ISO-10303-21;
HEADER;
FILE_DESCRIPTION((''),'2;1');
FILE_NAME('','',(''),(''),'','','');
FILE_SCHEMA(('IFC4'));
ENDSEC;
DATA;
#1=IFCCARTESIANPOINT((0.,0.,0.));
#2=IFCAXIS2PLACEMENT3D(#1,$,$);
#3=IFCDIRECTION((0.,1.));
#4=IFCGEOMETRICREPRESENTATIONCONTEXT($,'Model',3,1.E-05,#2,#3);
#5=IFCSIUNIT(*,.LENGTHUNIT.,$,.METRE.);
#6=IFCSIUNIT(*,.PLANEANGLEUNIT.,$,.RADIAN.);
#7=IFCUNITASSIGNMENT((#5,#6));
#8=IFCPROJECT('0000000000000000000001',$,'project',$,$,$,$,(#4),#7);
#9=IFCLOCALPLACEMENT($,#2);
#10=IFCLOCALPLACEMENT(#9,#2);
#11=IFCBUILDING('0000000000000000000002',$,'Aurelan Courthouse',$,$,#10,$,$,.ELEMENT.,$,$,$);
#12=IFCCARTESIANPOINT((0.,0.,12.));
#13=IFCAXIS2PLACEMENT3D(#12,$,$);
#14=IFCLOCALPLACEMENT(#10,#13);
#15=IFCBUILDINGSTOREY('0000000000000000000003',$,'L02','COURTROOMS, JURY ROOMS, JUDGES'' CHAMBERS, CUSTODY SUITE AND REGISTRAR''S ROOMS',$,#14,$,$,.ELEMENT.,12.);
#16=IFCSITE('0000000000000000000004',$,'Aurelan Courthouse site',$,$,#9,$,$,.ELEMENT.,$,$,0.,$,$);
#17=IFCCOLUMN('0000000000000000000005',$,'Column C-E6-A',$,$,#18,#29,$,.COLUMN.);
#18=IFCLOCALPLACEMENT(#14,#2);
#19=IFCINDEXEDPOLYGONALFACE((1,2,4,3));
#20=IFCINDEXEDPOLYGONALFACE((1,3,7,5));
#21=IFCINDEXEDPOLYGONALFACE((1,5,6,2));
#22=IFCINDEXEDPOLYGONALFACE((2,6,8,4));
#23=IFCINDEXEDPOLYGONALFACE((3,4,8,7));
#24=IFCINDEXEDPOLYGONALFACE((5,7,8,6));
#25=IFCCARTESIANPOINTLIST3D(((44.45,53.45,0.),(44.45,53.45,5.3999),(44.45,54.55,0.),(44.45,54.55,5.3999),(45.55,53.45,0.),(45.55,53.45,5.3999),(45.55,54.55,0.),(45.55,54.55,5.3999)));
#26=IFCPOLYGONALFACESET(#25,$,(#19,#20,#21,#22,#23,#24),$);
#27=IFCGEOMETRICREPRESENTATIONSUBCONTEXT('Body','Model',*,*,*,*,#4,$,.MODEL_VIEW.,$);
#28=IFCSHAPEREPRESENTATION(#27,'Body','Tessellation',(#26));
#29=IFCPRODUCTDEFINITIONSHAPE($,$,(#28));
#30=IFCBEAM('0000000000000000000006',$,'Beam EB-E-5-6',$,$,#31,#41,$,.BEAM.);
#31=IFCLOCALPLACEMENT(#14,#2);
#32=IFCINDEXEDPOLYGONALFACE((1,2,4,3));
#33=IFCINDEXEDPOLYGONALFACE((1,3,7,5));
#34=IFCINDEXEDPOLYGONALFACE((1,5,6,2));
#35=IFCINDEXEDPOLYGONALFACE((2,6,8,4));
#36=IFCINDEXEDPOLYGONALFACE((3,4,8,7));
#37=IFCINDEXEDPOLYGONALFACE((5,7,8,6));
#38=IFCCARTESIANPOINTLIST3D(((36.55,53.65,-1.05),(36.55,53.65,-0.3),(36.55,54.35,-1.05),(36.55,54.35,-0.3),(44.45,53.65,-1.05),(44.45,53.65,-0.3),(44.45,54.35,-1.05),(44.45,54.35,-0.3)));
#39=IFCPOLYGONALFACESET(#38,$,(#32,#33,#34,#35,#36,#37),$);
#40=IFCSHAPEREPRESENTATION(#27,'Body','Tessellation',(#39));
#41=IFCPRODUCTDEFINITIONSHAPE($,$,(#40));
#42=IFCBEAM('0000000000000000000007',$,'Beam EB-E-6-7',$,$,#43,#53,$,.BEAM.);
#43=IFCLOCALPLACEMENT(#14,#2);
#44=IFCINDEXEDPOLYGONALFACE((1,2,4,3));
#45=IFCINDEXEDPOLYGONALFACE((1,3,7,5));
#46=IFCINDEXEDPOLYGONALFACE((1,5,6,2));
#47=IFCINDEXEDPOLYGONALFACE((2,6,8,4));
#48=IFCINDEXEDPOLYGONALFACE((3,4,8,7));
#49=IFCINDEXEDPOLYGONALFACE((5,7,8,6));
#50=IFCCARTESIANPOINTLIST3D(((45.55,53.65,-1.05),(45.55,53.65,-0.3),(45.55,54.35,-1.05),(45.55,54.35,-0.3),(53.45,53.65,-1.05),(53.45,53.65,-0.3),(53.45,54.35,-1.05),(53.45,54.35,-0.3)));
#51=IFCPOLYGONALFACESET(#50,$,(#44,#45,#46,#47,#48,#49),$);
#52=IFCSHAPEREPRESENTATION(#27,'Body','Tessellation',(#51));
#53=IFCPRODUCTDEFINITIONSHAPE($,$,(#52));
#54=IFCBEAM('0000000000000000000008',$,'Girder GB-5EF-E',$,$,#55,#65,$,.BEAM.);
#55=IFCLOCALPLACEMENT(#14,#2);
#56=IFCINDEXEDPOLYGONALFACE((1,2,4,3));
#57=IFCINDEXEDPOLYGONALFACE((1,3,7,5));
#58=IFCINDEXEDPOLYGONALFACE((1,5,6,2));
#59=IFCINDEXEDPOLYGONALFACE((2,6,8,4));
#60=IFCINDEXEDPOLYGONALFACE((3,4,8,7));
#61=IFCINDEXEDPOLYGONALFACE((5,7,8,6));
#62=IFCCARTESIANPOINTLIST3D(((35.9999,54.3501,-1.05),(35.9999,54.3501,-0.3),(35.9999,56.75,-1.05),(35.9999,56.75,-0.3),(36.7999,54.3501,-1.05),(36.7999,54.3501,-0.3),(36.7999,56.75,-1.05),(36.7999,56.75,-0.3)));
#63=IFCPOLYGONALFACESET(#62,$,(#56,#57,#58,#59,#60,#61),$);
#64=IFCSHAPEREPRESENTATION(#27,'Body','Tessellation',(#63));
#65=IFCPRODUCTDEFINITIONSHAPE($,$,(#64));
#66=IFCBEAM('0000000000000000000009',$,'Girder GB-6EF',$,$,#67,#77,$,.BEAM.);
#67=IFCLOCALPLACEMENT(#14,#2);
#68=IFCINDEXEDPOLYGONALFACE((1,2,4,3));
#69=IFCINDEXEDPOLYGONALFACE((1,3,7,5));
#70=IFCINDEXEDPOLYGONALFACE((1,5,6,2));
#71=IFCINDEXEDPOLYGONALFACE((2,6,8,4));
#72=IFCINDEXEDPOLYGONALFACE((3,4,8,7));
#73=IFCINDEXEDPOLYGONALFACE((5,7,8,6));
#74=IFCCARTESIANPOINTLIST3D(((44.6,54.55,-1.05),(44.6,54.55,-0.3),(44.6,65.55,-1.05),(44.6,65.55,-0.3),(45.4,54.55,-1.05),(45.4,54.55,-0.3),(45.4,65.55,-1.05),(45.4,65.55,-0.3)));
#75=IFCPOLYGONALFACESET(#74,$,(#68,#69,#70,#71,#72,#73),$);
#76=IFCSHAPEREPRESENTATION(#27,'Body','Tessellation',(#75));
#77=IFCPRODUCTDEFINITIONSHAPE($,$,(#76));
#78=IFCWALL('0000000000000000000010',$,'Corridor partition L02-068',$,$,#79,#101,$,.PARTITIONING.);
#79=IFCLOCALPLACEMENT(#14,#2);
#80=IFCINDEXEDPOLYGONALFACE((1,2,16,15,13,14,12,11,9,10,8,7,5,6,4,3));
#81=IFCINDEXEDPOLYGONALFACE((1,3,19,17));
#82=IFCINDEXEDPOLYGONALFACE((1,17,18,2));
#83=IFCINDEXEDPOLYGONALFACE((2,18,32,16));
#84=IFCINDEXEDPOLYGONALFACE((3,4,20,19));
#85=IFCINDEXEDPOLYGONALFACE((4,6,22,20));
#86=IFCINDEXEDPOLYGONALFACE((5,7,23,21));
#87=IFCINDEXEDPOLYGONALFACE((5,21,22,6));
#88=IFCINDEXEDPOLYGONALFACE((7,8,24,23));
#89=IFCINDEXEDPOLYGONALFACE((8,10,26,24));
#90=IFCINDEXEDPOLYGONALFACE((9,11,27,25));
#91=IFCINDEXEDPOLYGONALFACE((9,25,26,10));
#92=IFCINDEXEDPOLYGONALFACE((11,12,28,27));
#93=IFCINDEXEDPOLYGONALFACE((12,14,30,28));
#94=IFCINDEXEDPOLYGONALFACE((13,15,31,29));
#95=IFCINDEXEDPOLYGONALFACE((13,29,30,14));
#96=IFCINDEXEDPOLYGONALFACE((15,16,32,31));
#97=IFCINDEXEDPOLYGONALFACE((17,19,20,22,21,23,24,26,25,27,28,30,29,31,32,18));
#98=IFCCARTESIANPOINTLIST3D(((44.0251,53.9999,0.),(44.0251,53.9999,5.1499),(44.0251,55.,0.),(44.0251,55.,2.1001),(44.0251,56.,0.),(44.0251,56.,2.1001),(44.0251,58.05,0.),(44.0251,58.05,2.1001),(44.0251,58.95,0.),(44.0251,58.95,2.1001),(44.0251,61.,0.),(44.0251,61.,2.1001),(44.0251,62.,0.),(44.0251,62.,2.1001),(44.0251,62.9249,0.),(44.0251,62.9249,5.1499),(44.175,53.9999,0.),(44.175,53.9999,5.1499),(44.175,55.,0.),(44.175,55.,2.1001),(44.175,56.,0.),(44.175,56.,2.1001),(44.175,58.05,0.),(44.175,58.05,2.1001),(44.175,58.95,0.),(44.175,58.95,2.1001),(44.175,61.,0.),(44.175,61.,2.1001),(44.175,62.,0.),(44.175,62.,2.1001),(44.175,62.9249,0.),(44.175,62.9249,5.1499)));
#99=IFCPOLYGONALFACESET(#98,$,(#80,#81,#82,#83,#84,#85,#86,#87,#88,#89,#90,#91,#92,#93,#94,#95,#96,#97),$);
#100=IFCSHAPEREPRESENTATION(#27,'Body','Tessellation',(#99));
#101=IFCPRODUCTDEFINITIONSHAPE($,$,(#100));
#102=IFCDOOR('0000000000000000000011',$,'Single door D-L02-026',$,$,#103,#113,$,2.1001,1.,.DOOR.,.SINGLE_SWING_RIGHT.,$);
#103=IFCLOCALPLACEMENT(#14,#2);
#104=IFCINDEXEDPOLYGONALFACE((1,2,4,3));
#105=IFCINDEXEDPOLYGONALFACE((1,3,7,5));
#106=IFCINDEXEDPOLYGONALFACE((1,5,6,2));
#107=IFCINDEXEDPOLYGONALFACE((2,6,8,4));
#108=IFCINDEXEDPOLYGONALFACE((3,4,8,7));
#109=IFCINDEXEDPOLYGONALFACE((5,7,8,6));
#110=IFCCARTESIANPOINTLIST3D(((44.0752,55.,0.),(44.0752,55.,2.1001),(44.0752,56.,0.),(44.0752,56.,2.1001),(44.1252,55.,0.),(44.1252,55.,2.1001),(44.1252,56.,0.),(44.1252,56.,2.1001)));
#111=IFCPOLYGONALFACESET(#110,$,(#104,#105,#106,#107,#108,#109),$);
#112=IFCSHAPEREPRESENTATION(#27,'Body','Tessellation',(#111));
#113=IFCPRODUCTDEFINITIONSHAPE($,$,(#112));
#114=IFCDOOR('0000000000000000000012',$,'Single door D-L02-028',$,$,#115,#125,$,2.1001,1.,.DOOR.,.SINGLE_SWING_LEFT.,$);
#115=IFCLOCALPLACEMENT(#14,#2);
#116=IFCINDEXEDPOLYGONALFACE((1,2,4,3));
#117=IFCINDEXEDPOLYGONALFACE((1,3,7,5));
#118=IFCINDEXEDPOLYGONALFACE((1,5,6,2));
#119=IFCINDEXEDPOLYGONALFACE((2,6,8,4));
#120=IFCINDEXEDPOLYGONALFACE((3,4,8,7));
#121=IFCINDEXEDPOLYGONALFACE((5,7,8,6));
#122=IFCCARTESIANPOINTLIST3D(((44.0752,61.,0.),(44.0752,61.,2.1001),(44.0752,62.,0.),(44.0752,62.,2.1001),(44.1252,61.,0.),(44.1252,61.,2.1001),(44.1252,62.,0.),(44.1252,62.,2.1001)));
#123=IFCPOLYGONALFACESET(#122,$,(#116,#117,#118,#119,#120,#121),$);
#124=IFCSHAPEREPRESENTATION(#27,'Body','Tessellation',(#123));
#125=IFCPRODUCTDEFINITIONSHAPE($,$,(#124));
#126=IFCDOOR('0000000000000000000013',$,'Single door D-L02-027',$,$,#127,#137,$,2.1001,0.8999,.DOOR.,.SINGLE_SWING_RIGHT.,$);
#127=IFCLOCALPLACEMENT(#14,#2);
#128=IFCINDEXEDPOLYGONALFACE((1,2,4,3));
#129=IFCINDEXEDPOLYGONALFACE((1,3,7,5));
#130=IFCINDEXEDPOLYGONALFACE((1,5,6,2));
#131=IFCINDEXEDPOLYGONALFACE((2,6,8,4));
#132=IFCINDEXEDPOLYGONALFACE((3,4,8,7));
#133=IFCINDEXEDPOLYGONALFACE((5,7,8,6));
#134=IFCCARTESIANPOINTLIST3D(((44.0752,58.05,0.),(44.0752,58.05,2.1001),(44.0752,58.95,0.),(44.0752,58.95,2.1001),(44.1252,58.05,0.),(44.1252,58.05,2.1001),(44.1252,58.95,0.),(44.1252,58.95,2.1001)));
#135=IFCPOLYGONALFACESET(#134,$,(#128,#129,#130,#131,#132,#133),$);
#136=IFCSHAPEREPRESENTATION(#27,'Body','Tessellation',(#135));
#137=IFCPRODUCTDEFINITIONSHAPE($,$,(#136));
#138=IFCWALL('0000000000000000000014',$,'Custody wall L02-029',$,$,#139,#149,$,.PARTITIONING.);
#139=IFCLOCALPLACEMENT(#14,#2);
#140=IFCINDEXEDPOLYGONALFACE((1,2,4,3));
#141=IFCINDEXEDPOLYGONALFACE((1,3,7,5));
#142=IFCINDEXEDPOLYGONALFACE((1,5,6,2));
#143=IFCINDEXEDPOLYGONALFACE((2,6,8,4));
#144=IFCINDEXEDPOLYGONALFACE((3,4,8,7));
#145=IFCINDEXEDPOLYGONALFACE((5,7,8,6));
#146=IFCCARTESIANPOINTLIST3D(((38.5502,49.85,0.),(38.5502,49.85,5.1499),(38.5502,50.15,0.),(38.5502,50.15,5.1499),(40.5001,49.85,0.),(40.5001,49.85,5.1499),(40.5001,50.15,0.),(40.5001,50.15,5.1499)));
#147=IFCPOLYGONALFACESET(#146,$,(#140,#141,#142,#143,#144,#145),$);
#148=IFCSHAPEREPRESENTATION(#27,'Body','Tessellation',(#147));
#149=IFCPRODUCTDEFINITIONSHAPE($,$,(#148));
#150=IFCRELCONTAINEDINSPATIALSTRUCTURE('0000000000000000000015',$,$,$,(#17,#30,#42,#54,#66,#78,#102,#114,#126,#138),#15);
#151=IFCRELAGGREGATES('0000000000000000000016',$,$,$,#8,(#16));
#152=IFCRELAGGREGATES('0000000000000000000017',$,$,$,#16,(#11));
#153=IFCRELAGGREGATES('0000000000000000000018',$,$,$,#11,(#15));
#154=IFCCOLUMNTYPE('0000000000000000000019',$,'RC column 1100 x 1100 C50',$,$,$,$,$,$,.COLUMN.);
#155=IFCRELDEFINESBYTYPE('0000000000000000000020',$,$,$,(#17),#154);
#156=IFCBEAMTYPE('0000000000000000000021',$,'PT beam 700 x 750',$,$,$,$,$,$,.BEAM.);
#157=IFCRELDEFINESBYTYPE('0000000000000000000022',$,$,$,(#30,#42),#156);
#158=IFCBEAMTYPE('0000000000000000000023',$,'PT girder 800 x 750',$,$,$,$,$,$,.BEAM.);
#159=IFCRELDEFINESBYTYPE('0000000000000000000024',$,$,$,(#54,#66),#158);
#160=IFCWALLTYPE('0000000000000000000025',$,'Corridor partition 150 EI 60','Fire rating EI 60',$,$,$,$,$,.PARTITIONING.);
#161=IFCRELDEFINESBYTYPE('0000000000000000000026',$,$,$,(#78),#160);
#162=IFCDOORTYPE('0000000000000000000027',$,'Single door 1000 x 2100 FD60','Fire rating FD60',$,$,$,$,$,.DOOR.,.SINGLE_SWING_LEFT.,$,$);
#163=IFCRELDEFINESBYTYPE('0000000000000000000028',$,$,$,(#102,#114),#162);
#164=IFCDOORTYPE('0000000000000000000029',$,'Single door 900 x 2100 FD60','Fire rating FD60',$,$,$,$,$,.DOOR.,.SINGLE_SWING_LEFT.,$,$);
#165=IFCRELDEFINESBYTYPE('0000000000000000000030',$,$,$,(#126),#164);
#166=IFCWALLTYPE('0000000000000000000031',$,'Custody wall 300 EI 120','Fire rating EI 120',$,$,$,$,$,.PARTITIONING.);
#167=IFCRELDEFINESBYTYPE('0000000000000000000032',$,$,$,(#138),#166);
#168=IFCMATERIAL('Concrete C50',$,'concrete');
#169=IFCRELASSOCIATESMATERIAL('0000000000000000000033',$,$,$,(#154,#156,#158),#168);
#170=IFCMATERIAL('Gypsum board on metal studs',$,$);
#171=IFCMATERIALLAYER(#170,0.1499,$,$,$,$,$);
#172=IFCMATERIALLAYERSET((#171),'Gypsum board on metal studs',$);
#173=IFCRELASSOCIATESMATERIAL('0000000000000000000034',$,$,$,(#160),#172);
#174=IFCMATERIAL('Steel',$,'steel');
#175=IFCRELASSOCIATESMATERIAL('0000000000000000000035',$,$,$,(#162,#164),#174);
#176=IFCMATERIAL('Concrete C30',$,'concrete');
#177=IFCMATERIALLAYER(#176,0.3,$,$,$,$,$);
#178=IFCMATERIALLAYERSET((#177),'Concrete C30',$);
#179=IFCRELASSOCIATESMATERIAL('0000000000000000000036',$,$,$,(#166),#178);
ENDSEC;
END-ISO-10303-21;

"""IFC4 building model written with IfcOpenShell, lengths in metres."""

from ifc_helpers import new_model, si_unit, direction, frame, frame_2d, origin, origin_2d, place, context, subcontext, project, spatial, rectangle, extrude, material, layer, layer_set, material_profile, profile_set, type_object, element, fill, save


model = new_model("IFC4")

# Units and contexts
model_context = context("Model", 3, precision=1e-05, world=origin(), true_north=direction((0.0, 1.0)))
body_context = subcontext(model_context, "Body", "Model", "MODEL_VIEW")
ifc_project = project(units=[si_unit("LENGTHUNIT", "METRE"), si_unit("PLANEANGLEUNIT", "RADIAN")], contexts=[model_context])

# Site, building, storey
site_placement = place(None, origin())
site = spatial("IfcSite", under=ifc_project, at=site_placement, Name="Aurelan Courthouse site", CompositionType="ELEMENT", RefElevation=0.0)
building_placement = place(site_placement, origin())
building = spatial("IfcBuilding", under=site, at=building_placement, Name="Aurelan Courthouse", CompositionType="ELEMENT")
storey_placement = place(building_placement, frame((0.0, 0.0, 12.0)))
storey = spatial("IfcBuildingStorey", under=building, at=storey_placement, Name="L02", Description="COURTROOMS, JURY ROOMS, JUDGES' CHAMBERS, CUSTODY SUITE AND REGISTRAR'S ROOMS", CompositionType="ELEMENT", Elevation=12.0)

# Column
ifc_material_1 = material(Name="Concrete C50", Category="concrete")
ifc_material_profile_1 = material_profile(ifc_material_1, rectangle(XDim=1.1001, YDim=1.1001, at=origin_2d()), Name="RC 1100 x 1100")
ifc_profile_set_1 = profile_set([ifc_material_profile_1], Name="Concrete C50")
column_type = type_object("IfcColumnType", Name="RC column 1100 x 1100 C50", PredefinedType="COLUMN", material=ifc_profile_set_1)
column_placement = place(storey_placement, frame((45.0, 54.0, 0.0), z_axis=(0.0, 0.0, 1.0), x_axis=(1.0, 0.0, 0.0)))
element("IfcColumn", 1, at=column_placement, inside=storey, type_object=column_type, Name="Column C-E6-A", PredefinedType="COLUMN", context=body_context, shape_type="SweptSolid", body=[
    extrude(rectangle(XDim=1.1001, YDim=1.1001, at=origin_2d()), origin(), (0.0, 0.0, 1.0), 5.3999),
])

# Beams
ifc_material_profile_2 = material_profile(ifc_material_1, rectangle(XDim=0.7, YDim=0.75, at=origin_2d()), Name="RC 700 x 750")
ifc_profile_set_2 = profile_set([ifc_material_profile_2], Name="Concrete C50")
beam_type_1 = type_object("IfcBeamType", Name="PT beam 700 x 750", PredefinedType="BEAM", material=ifc_profile_set_2)
for number, where, z_axis, x_axis, name in (
    (2, (36.55, 54.0, -0.675), (1.0, 0.0, 0.0), (0.0, 1.0, 0.0), "Beam EB-E-5-6"),
    (3, (45.55, 54.0, -0.675), (1.0, 0.0, 0.0), (0.0, 1.0, 0.0), "Beam EB-E-6-7"),
):
    element("IfcBeam", number, at=place(storey_placement, frame(where, z_axis=z_axis, x_axis=x_axis)), inside=storey, type_object=beam_type_1, Name=name, PredefinedType="BEAM", context=body_context, shape_type="SweptSolid", body=[
        extrude(rectangle(XDim=0.7, YDim=0.75, at=origin_2d()), origin(), (0.0, 0.0, 1.0), 7.8999),
    ])
ifc_material_profile_3 = material_profile(ifc_material_1, rectangle(XDim=0.8, YDim=0.75, at=origin_2d()), Name="RC 800 x 750")
ifc_profile_set_3 = profile_set([ifc_material_profile_3], Name="Concrete C50")
beam_type_2 = type_object("IfcBeamType", Name="PT girder 800 x 750", PredefinedType="BEAM", material=ifc_profile_set_3)
beam_1_placement = place(storey_placement, frame((36.3999, 54.3501, -0.675), z_axis=(0.0, 1.0, 0.0), x_axis=(-1.0, 0.0, 0.0)))
element("IfcBeam", 4, at=beam_1_placement, inside=storey, type_object=beam_type_2, Name="Girder GB-5EF-E", PredefinedType="BEAM", context=body_context, shape_type="SweptSolid", body=[
    extrude(rectangle(XDim=0.8, YDim=0.75, at=origin_2d()), origin(), (0.0, 0.0, 1.0), 2.3999),
])
beam_2_placement = place(storey_placement, frame((45.0, 54.55, -0.675), z_axis=(0.0, 1.0, 0.0), x_axis=(-1.0, 0.0, 0.0)))
element("IfcBeam", 5, at=beam_2_placement, inside=storey, type_object=beam_type_2, Name="Girder GB-6EF", PredefinedType="BEAM", context=body_context, shape_type="SweptSolid", body=[
    extrude(rectangle(XDim=0.8, YDim=0.75, at=origin_2d()), origin(), (0.0, 0.0, 1.0), 11.0),
])

# Wall, openings, doors
ifc_material_2 = material(Name="Gypsum board on metal studs")
ifc_layer_1 = layer(ifc_material_2, 0.1499)
ifc_layer_set_1 = layer_set([ifc_layer_1], Name="Gypsum board on metal studs")
wall_type_1 = type_object("IfcWallType", Name="Corridor partition 150 EI 60", Description="Fire rating EI 60", PredefinedType="PARTITIONING", material=ifc_layer_set_1)
wall_1_placement = place(storey_placement, frame((44.1001, 54.0, 0.0), z_axis=(0.0, 0.0, 1.0), x_axis=(0.0, 1.0, 0.0)))
wall_1 = element("IfcWall", 6, at=wall_1_placement, inside=storey, type_object=wall_type_1, Name="Corridor partition L02-068", PredefinedType="PARTITIONING", context=body_context, shape_type="SweptSolid", body=[
    extrude(rectangle(XDim=8.925, YDim=0.1499, at=frame_2d((4.4624, 0.0))), origin(), (0.0, 0.0, 1.0), 5.1499),
])
opening_1_placement = place(wall_1_placement, frame((1.0, 0.0, 0.0)))
opening_1 = element("IfcOpeningElement", 7, at=opening_1_placement, cuts=wall_1, PredefinedType="OPENING", context=body_context, shape_type="SweptSolid", body=[
    extrude(rectangle(XDim=1.0, YDim=2.1001, at=frame_2d((0.5, 1.05))), frame((0.0, 0.085, 0.0), z_axis=(0.0, -1.0, 0.0), x_axis=(1.0, 0.0, 0.0)), (0.0, 0.0, 1.0), 0.1699),
])
opening_2_placement = place(wall_1_placement, frame((4.05, 0.0, 0.0)))
opening_2 = element("IfcOpeningElement", 8, at=opening_2_placement, cuts=wall_1, PredefinedType="OPENING", context=body_context, shape_type="SweptSolid", body=[
    extrude(rectangle(XDim=0.8999, YDim=2.1001, at=frame_2d((0.45, 1.05))), frame((0.0, 0.085, 0.0), z_axis=(0.0, -1.0, 0.0), x_axis=(1.0, 0.0, 0.0)), (0.0, 0.0, 1.0), 0.1699),
])
opening_3_placement = place(wall_1_placement, frame((7.0, 0.0, 0.0)))
opening_3 = element("IfcOpeningElement", 9, at=opening_3_placement, cuts=wall_1, PredefinedType="OPENING", context=body_context, shape_type="SweptSolid", body=[
    extrude(rectangle(XDim=1.0, YDim=2.1001, at=frame_2d((0.5, 1.05))), frame((0.0, 0.085, 0.0), z_axis=(0.0, -1.0, 0.0), x_axis=(1.0, 0.0, 0.0)), (0.0, 0.0, 1.0), 0.1699),
])
ifc_material_3 = material(Name="Steel", Category="steel")
door_type_1 = type_object("IfcDoorType", Name="Single door 1000 x 2100 FD60", Description="Fire rating FD60", OperationType="SINGLE_SWING_LEFT", PredefinedType="DOOR", material=ifc_material_3)
door_1_placement = place(opening_1_placement, origin())
door_1 = element("IfcDoor", 10, at=door_1_placement, inside=storey, type_object=door_type_1, Name="Single door D-L02-026", OperationType="SINGLE_SWING_RIGHT", OverallHeight=2.1001, OverallWidth=1.0, PredefinedType="DOOR", context=body_context, shape_type="SweptSolid", body=[
    extrude(rectangle(XDim=1.0, YDim=2.1001, at=frame_2d((0.5, 1.05))), frame((0.0, 0.0249, 0.0), z_axis=(0.0, -1.0, 0.0), x_axis=(1.0, 0.0, 0.0)), (0.0, 0.0, 1.0), 0.05),
])
fill(opening_1, door_1)
door_2_placement = place(opening_3_placement, origin())
door_2 = element("IfcDoor", 11, at=door_2_placement, inside=storey, type_object=door_type_1, Name="Single door D-L02-028", OperationType="SINGLE_SWING_LEFT", OverallHeight=2.1001, OverallWidth=1.0, PredefinedType="DOOR", context=body_context, shape_type="SweptSolid", body=[
    extrude(rectangle(XDim=1.0, YDim=2.1001, at=frame_2d((0.5, 1.05))), frame((0.0, 0.0249, 0.0), z_axis=(0.0, -1.0, 0.0), x_axis=(1.0, 0.0, 0.0)), (0.0, 0.0, 1.0), 0.05),
])
fill(opening_3, door_2)
door_type_2 = type_object("IfcDoorType", Name="Single door 900 x 2100 FD60", Description="Fire rating FD60", OperationType="SINGLE_SWING_LEFT", PredefinedType="DOOR", material=ifc_material_3)
door_3_placement = place(opening_2_placement, origin())
door_3 = element("IfcDoor", 12, at=door_3_placement, inside=storey, type_object=door_type_2, Name="Single door D-L02-027", OperationType="SINGLE_SWING_RIGHT", OverallHeight=2.1001, OverallWidth=0.8999, PredefinedType="DOOR", context=body_context, shape_type="SweptSolid", body=[
    extrude(rectangle(XDim=0.8999, YDim=2.1001, at=frame_2d((0.45, 1.05))), frame((0.0, 0.0249, 0.0), z_axis=(0.0, -1.0, 0.0), x_axis=(1.0, 0.0, 0.0)), (0.0, 0.0, 1.0), 0.05),
])
fill(opening_2, door_3)

# Wall
ifc_material_4 = material(Name="Concrete C30", Category="concrete")
ifc_layer_2 = layer(ifc_material_4, 0.3)
ifc_layer_set_2 = layer_set([ifc_layer_2], Name="Concrete C30")
wall_type_2 = type_object("IfcWallType", Name="Custody wall 300 EI 120", Description="Fire rating EI 120", PredefinedType="PARTITIONING", material=ifc_layer_set_2)
wall_2_placement = place(storey_placement, frame((38.55, 50.0, 0.0), z_axis=(0.0, 0.0, 1.0), x_axis=(1.0, 0.0, 0.0)))
element("IfcWall", 13, at=wall_2_placement, inside=storey, type_object=wall_type_2, Name="Custody wall L02-029", PredefinedType="PARTITIONING", context=body_context, shape_type="SweptSolid", body=[
    extrude(rectangle(XDim=1.95, YDim=0.3, at=frame_2d((0.9751, 0.0))), origin(), (0.0, 0.0, 1.0), 5.1499),
])

save(model, "model.ifc")
